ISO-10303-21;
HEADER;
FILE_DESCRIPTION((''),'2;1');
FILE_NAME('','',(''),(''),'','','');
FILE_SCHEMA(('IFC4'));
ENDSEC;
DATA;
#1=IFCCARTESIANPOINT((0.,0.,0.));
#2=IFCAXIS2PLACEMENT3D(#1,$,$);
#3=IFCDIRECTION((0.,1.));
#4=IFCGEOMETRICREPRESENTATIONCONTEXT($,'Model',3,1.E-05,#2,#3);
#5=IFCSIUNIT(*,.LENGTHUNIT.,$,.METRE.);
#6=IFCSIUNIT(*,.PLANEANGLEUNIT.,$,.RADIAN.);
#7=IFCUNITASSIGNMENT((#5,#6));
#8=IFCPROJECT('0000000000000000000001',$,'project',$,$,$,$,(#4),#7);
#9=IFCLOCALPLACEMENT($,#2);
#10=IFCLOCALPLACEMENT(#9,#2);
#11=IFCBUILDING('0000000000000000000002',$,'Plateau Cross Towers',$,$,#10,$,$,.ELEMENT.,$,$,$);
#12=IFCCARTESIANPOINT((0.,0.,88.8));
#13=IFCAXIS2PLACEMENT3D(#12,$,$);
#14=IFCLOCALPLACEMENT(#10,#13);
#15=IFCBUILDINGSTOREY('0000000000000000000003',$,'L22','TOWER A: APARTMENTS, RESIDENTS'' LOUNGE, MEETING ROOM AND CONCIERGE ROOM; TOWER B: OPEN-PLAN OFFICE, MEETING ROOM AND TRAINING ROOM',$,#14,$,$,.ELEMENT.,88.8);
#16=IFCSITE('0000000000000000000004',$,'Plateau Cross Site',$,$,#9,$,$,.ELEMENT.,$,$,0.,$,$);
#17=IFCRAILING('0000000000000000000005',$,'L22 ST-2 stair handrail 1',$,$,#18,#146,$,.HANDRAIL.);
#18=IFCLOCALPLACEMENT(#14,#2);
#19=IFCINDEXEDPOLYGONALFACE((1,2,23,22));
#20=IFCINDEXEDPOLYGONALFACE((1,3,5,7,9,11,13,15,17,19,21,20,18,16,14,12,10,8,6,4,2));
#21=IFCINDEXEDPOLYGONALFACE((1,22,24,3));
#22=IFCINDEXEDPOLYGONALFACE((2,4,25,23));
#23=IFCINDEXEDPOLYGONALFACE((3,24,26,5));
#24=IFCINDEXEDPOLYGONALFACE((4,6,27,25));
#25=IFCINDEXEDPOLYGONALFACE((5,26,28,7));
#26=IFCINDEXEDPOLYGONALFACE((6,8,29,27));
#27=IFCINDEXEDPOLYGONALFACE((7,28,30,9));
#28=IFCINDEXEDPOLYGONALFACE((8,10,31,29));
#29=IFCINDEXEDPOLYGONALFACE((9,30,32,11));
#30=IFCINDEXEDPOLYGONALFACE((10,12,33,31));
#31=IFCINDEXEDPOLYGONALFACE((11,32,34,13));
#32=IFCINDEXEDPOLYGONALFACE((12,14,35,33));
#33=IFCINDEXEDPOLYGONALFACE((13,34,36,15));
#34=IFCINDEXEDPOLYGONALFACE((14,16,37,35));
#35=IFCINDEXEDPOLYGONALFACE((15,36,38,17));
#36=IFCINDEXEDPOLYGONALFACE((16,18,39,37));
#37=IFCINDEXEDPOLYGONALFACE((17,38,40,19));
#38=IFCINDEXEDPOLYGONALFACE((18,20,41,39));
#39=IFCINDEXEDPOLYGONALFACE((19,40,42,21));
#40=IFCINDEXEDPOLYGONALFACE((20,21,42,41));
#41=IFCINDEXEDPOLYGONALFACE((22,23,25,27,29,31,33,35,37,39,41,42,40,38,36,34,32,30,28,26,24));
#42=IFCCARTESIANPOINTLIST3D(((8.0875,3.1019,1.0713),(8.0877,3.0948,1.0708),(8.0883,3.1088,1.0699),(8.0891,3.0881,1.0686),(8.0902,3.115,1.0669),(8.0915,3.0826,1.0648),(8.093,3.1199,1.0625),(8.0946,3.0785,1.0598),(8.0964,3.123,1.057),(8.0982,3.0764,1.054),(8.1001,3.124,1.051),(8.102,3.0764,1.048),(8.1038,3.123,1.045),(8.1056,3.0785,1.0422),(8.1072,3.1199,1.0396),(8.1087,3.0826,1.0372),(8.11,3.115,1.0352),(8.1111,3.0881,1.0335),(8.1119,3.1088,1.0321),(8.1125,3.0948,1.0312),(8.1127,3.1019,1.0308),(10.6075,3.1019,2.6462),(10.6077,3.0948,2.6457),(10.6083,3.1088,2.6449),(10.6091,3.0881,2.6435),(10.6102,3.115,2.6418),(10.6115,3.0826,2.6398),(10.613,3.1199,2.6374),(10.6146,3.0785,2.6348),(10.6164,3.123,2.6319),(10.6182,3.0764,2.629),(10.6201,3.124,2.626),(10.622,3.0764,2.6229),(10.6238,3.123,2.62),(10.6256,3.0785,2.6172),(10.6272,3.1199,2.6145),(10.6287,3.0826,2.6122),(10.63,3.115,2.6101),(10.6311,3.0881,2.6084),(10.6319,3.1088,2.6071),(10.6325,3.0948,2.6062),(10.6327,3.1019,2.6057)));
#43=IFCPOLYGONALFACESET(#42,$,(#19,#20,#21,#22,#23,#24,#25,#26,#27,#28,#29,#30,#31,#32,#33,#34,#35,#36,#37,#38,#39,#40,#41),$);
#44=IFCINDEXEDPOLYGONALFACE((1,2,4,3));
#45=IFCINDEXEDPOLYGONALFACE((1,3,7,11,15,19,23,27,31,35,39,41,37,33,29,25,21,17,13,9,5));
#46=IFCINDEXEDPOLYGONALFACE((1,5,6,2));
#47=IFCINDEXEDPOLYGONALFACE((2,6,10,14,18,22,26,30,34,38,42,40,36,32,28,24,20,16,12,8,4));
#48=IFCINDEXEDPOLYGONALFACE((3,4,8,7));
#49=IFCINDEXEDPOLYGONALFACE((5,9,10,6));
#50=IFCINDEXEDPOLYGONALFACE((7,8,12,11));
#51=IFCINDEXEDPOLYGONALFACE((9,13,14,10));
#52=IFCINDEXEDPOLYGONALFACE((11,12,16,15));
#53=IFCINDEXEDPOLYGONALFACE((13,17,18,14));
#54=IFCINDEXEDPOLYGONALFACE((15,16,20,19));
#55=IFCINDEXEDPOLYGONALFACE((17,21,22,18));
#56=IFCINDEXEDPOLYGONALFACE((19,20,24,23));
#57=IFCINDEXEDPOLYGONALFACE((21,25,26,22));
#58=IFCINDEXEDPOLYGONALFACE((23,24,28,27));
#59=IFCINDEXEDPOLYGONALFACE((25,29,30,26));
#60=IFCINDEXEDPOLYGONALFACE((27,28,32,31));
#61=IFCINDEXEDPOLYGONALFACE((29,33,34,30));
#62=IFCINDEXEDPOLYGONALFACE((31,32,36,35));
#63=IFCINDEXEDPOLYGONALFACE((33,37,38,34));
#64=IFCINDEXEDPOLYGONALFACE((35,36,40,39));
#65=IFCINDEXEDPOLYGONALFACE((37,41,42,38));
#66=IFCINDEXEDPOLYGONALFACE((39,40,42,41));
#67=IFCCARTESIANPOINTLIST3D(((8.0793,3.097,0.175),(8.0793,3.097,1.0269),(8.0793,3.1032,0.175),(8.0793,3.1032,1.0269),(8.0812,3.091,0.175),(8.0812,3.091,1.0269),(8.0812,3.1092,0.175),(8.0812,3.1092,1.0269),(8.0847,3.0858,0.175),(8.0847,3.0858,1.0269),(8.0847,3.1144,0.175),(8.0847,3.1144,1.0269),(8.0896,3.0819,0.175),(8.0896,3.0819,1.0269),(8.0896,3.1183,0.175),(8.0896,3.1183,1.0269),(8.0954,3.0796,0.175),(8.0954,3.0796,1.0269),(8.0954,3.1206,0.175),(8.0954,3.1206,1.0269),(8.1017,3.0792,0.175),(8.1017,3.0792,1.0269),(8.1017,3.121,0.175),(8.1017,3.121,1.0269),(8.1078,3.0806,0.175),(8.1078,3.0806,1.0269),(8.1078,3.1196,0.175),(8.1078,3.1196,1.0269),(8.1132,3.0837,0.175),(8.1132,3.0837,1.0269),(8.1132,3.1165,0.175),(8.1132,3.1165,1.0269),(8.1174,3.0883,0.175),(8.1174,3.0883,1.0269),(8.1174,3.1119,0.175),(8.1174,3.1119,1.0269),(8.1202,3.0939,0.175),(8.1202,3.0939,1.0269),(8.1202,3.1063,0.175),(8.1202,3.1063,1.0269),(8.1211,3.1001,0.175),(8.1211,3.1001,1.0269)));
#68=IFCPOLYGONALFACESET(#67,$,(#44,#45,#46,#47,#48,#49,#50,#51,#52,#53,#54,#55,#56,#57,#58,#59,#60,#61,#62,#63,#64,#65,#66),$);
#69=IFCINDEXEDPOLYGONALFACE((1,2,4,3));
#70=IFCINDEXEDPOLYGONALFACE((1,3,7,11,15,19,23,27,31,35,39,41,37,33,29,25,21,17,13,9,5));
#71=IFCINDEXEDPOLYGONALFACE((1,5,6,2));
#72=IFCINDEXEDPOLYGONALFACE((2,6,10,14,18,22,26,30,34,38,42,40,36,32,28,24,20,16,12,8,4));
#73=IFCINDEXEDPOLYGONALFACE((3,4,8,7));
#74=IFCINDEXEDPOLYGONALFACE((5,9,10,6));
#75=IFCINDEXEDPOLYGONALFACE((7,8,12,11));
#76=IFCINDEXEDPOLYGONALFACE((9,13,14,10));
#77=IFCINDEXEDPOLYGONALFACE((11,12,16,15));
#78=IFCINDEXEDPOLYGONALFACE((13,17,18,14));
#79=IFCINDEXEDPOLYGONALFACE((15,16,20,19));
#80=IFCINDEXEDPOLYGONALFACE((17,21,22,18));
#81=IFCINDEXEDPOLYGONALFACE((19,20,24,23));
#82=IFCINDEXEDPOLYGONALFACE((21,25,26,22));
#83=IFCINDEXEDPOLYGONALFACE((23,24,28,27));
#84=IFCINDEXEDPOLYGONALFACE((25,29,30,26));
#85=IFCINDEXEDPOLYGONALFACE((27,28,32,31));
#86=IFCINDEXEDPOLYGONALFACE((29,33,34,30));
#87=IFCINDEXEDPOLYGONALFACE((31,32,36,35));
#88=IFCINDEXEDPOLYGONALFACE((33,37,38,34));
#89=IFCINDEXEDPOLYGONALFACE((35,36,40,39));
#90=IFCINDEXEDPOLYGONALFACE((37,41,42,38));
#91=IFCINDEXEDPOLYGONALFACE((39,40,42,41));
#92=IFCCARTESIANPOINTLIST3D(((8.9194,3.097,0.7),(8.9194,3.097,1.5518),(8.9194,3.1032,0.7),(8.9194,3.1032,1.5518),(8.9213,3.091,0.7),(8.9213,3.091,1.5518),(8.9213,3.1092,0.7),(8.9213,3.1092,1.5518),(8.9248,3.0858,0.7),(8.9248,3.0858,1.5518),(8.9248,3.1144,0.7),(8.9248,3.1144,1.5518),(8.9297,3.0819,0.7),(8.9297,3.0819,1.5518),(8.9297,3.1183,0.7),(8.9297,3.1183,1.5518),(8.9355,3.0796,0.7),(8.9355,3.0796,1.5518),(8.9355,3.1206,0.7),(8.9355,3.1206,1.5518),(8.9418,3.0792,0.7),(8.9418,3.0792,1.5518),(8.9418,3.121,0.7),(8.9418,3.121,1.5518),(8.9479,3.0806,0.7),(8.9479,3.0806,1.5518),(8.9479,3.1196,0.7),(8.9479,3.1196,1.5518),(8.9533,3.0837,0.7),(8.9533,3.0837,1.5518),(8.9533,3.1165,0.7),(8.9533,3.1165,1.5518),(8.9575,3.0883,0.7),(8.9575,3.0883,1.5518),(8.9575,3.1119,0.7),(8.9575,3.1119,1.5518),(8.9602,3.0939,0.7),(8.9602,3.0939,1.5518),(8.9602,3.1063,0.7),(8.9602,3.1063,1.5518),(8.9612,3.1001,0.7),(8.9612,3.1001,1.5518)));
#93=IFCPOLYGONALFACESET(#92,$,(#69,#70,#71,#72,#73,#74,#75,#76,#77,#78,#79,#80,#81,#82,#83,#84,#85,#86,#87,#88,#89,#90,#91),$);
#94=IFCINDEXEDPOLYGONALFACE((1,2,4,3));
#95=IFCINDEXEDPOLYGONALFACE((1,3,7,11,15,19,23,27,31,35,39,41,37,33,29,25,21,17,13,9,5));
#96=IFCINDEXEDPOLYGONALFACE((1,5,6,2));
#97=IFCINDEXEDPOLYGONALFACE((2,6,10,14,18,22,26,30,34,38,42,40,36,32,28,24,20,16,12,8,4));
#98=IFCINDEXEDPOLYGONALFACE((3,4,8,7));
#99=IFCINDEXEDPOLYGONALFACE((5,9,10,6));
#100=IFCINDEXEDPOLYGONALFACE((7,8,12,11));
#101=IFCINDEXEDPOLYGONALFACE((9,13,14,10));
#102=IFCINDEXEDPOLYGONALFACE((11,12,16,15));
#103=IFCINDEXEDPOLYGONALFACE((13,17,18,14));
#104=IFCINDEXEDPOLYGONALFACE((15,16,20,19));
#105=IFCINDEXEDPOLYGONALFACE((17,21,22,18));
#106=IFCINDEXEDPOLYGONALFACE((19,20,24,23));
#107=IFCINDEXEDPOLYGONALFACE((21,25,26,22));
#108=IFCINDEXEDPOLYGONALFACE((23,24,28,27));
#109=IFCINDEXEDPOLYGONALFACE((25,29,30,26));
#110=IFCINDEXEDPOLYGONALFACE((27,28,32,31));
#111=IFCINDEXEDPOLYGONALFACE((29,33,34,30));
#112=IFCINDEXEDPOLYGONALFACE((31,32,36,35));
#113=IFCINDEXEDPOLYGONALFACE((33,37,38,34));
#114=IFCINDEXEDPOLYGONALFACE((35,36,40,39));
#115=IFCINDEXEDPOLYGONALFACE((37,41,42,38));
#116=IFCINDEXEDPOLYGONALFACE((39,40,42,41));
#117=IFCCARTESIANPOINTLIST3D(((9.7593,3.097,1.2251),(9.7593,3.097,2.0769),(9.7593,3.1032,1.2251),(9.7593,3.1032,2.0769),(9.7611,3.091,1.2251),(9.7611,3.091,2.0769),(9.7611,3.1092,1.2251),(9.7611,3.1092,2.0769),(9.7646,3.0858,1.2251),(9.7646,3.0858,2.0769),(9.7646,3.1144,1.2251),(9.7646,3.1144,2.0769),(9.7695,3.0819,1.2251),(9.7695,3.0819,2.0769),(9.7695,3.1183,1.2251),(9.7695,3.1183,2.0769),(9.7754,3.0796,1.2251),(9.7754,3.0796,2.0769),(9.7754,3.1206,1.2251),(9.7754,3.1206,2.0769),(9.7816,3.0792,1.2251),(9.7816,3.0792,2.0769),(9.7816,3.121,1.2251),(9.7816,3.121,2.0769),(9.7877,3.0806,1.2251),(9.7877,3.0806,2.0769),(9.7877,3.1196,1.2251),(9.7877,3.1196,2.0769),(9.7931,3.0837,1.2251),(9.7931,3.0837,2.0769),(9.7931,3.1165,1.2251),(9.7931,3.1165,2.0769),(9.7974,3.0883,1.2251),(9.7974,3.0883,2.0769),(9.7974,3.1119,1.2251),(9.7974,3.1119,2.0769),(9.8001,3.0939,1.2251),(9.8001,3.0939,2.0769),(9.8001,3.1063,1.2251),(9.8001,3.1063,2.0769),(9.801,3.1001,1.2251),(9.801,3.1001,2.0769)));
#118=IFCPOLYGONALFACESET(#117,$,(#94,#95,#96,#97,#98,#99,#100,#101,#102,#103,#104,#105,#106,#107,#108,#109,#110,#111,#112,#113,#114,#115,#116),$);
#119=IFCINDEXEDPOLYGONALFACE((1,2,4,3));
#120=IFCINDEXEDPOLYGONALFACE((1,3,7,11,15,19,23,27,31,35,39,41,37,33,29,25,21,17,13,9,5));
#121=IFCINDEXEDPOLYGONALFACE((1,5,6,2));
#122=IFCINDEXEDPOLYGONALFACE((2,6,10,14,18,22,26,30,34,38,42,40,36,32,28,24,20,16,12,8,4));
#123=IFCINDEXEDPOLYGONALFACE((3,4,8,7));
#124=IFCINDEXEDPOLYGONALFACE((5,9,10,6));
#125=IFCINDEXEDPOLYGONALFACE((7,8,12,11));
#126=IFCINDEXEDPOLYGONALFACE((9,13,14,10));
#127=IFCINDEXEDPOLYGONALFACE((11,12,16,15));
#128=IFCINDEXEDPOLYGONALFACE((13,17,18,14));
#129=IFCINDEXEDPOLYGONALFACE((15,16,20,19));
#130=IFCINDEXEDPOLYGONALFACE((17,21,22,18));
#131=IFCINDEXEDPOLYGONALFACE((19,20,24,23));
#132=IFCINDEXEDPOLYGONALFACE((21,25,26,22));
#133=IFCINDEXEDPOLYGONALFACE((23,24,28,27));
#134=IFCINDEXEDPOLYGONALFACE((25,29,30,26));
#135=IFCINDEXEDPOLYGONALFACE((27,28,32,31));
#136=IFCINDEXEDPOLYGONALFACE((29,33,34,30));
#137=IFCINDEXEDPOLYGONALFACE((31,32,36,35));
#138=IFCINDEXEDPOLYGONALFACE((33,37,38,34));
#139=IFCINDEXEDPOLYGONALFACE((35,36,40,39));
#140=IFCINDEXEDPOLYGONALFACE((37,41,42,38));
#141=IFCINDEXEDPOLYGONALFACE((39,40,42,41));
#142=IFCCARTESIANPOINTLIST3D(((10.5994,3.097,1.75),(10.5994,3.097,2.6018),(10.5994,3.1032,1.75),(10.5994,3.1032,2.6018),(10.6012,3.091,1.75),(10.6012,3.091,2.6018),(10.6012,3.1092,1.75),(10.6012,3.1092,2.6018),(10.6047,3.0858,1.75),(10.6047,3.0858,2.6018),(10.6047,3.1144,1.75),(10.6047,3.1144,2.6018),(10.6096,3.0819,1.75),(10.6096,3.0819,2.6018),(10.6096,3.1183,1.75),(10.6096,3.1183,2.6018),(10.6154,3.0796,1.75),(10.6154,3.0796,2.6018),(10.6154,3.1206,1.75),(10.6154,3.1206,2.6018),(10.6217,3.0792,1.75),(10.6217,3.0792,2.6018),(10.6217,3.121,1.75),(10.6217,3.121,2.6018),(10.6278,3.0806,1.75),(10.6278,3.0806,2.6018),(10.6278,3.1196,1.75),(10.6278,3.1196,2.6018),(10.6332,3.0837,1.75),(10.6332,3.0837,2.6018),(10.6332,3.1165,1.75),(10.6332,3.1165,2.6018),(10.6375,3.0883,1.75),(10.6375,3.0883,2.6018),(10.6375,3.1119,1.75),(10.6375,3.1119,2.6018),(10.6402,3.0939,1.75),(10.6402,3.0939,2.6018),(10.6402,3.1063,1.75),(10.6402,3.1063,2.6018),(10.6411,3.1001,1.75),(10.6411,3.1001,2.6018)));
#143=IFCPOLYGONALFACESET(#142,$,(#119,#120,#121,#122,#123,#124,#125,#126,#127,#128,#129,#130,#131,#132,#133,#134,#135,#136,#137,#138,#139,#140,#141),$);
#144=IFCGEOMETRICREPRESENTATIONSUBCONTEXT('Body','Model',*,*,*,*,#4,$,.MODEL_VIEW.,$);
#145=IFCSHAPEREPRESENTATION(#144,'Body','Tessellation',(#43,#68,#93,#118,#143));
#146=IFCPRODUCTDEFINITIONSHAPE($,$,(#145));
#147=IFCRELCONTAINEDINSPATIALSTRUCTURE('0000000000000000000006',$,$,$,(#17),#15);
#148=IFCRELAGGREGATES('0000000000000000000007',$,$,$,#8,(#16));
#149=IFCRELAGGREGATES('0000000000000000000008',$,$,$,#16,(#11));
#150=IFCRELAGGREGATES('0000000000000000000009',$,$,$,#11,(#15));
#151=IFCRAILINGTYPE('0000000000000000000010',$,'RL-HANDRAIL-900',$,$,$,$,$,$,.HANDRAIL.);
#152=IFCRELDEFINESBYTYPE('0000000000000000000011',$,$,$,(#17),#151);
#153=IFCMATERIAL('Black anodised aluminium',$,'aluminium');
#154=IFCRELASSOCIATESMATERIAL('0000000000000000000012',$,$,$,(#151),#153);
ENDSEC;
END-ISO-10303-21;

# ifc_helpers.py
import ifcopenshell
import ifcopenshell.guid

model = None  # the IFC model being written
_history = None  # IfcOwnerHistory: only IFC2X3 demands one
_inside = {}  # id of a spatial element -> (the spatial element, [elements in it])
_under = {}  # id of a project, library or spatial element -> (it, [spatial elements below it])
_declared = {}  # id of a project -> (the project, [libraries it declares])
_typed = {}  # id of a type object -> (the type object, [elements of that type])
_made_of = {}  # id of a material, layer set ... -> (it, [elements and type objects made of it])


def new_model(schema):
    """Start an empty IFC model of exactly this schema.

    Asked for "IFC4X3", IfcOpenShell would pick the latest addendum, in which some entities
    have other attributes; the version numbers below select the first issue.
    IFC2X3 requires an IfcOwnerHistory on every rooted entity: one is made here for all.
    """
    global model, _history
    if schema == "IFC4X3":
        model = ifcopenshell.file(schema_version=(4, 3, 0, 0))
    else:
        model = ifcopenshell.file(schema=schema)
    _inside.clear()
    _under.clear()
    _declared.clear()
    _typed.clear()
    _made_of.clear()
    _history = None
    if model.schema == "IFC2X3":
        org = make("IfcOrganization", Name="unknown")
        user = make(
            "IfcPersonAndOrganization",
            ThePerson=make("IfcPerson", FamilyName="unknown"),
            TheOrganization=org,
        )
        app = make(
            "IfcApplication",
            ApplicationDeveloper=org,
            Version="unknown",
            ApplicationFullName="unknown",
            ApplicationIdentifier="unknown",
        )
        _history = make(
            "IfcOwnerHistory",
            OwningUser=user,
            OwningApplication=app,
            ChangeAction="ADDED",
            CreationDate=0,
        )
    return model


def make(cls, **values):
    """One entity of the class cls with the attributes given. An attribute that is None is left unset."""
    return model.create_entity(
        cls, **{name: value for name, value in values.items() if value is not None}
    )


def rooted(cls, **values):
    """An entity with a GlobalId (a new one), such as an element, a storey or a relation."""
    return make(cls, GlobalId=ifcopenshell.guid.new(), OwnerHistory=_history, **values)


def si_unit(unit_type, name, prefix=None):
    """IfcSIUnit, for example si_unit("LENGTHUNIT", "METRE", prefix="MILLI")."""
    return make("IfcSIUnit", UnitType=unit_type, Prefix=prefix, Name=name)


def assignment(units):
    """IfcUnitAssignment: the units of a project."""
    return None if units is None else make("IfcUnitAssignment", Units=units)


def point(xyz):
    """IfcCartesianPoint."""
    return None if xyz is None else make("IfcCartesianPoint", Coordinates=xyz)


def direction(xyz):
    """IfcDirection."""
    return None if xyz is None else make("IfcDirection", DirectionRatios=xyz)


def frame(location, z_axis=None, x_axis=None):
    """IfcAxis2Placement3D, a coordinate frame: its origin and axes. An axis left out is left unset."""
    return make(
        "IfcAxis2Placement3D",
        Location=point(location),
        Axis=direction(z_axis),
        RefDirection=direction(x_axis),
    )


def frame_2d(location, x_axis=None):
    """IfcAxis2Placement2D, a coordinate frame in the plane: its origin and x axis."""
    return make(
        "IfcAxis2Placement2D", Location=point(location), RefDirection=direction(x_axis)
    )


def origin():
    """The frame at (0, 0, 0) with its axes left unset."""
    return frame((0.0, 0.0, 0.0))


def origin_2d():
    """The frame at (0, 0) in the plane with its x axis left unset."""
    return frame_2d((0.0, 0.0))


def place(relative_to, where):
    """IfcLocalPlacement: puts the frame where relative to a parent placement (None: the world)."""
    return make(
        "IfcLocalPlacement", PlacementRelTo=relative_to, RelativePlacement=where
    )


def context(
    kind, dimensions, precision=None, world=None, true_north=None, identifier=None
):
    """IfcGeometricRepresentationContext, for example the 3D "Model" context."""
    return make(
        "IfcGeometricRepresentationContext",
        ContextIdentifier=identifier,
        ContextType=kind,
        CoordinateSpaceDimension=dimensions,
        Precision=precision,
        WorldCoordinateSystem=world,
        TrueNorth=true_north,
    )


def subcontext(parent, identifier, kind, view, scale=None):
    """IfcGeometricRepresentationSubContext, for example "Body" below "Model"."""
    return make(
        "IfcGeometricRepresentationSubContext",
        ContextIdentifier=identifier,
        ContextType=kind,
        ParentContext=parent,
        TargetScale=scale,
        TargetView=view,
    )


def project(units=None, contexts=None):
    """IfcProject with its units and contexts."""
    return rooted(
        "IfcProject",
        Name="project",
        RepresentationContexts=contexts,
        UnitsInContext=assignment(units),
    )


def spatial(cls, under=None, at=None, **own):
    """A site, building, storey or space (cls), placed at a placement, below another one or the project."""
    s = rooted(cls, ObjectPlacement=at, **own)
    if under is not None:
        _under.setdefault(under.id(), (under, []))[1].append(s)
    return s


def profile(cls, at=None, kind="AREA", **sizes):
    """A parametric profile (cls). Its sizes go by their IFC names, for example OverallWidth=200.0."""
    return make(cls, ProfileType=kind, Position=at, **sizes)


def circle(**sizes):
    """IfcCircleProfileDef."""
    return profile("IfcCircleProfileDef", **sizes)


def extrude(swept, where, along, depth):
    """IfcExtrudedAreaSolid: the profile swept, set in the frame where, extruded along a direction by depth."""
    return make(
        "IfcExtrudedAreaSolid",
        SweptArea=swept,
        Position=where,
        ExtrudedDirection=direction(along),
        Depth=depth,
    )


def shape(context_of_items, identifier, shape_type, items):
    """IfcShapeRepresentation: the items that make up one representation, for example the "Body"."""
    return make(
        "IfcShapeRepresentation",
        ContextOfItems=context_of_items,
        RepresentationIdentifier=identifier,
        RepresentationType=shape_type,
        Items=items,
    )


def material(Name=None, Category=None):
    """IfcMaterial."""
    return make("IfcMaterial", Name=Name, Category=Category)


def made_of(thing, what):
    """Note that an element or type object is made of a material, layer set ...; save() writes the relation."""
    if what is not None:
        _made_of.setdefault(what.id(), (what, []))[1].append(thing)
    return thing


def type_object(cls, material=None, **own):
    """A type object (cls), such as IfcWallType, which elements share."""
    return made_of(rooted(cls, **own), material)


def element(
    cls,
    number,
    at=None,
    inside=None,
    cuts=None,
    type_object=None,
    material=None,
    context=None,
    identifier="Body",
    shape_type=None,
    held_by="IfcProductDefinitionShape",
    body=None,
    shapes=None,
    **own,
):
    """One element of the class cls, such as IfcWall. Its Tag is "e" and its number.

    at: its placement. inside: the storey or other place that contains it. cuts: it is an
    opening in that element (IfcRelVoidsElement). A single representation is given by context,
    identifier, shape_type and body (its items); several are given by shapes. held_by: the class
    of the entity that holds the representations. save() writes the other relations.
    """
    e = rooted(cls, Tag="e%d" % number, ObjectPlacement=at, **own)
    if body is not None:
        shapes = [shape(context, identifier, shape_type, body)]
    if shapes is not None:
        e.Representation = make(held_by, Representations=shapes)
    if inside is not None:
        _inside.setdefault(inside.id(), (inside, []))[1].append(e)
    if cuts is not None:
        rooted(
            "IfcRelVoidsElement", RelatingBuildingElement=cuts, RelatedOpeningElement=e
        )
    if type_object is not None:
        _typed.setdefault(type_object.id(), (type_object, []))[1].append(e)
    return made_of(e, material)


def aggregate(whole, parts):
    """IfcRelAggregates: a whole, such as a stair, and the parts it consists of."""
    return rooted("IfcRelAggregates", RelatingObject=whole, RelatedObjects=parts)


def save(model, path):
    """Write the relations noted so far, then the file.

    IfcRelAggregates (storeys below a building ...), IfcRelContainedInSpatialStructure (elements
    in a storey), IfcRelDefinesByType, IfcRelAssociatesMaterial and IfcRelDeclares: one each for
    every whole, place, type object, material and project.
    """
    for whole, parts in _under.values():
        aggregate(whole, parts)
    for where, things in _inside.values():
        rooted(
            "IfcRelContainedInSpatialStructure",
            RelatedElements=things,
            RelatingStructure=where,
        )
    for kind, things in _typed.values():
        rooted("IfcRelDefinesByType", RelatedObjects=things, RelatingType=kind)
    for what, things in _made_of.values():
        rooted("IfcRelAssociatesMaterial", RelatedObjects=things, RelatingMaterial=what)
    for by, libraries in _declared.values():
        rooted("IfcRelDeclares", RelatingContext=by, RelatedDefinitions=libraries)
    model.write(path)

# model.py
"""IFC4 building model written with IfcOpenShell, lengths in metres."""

from ifc_helpers import new_model, si_unit, direction, frame, origin, origin_2d, place, context, subcontext, project, spatial, circle, extrude, material, type_object, element, save


model = new_model("IFC4")

# Units and contexts
model_context = context("Model", 3, precision=1e-05, world=origin(), true_north=direction((0.0, 1.0)))
body_context = subcontext(model_context, "Body", "Model", "MODEL_VIEW")
ifc_project = project(units=[si_unit("LENGTHUNIT", "METRE"), si_unit("PLANEANGLEUNIT", "RADIAN")], contexts=[model_context])

# Site, building, storey
site_placement = place(None, origin())
site = spatial("IfcSite", under=ifc_project, at=site_placement, Name="Plateau Cross Site", CompositionType="ELEMENT", RefElevation=0.0)
building_placement = place(site_placement, origin())
building = spatial("IfcBuilding", under=site, at=building_placement, Name="Plateau Cross Towers", CompositionType="ELEMENT")
storey_placement = place(building_placement, frame((0.0, 0.0, 88.8)))
storey = spatial("IfcBuildingStorey", under=building, at=storey_placement, Name="L22", Description="TOWER A: APARTMENTS, RESIDENTS' LOUNGE, MEETING ROOM AND CONCIERGE ROOM; TOWER B: OPEN-PLAN OFFICE, MEETING ROOM AND TRAINING ROOM", CompositionType="ELEMENT", Elevation=88.8)

# Shared definitions
ifc_material_1 = material(Name="Black anodised aluminium", Category="aluminium")

# Railing
railing_type_1 = type_object("IfcRailingType", Name="RL-HANDRAIL-900", PredefinedType="HANDRAIL", material=ifc_material_1)
railing_1_placement = place(storey_placement, frame((8.1001, 3.1001, 0.175)))
element("IfcRailing", 1, at=railing_1_placement, inside=storey, type_object=railing_type_1, Name="L22 ST-2 stair handrail 1", PredefinedType="HANDRAIL", context=body_context, shape_type="SweptSolid", body=[
    extrude(circle(Radius=0.0239, at=origin_2d()), frame((0.0, 0.0, 0.876), z_axis=(0.848008, 0.0, 0.529984), x_axis=(0.0, 1.0, 0.0)), (0.0, 0.0, 1.0), 2.9717),
    extrude(circle(Radius=0.021, at=origin_2d()), origin(), (0.0, 0.0, 1.0), 0.8518),
    extrude(circle(Radius=0.021, at=origin_2d()), frame((0.8401, 0.0, 0.5249)), (0.0, 0.0, 1.0), 0.8518),
    extrude(circle(Radius=0.021, at=origin_2d()), frame((1.6799, 0.0, 1.05)), (0.0, 0.0, 1.0), 0.8518),
    extrude(circle(Radius=0.021, at=origin_2d()), frame((2.52, 0.0, 1.575)), (0.0, 0.0, 1.0), 0.8518),
])

save(model, "model.ifc")
